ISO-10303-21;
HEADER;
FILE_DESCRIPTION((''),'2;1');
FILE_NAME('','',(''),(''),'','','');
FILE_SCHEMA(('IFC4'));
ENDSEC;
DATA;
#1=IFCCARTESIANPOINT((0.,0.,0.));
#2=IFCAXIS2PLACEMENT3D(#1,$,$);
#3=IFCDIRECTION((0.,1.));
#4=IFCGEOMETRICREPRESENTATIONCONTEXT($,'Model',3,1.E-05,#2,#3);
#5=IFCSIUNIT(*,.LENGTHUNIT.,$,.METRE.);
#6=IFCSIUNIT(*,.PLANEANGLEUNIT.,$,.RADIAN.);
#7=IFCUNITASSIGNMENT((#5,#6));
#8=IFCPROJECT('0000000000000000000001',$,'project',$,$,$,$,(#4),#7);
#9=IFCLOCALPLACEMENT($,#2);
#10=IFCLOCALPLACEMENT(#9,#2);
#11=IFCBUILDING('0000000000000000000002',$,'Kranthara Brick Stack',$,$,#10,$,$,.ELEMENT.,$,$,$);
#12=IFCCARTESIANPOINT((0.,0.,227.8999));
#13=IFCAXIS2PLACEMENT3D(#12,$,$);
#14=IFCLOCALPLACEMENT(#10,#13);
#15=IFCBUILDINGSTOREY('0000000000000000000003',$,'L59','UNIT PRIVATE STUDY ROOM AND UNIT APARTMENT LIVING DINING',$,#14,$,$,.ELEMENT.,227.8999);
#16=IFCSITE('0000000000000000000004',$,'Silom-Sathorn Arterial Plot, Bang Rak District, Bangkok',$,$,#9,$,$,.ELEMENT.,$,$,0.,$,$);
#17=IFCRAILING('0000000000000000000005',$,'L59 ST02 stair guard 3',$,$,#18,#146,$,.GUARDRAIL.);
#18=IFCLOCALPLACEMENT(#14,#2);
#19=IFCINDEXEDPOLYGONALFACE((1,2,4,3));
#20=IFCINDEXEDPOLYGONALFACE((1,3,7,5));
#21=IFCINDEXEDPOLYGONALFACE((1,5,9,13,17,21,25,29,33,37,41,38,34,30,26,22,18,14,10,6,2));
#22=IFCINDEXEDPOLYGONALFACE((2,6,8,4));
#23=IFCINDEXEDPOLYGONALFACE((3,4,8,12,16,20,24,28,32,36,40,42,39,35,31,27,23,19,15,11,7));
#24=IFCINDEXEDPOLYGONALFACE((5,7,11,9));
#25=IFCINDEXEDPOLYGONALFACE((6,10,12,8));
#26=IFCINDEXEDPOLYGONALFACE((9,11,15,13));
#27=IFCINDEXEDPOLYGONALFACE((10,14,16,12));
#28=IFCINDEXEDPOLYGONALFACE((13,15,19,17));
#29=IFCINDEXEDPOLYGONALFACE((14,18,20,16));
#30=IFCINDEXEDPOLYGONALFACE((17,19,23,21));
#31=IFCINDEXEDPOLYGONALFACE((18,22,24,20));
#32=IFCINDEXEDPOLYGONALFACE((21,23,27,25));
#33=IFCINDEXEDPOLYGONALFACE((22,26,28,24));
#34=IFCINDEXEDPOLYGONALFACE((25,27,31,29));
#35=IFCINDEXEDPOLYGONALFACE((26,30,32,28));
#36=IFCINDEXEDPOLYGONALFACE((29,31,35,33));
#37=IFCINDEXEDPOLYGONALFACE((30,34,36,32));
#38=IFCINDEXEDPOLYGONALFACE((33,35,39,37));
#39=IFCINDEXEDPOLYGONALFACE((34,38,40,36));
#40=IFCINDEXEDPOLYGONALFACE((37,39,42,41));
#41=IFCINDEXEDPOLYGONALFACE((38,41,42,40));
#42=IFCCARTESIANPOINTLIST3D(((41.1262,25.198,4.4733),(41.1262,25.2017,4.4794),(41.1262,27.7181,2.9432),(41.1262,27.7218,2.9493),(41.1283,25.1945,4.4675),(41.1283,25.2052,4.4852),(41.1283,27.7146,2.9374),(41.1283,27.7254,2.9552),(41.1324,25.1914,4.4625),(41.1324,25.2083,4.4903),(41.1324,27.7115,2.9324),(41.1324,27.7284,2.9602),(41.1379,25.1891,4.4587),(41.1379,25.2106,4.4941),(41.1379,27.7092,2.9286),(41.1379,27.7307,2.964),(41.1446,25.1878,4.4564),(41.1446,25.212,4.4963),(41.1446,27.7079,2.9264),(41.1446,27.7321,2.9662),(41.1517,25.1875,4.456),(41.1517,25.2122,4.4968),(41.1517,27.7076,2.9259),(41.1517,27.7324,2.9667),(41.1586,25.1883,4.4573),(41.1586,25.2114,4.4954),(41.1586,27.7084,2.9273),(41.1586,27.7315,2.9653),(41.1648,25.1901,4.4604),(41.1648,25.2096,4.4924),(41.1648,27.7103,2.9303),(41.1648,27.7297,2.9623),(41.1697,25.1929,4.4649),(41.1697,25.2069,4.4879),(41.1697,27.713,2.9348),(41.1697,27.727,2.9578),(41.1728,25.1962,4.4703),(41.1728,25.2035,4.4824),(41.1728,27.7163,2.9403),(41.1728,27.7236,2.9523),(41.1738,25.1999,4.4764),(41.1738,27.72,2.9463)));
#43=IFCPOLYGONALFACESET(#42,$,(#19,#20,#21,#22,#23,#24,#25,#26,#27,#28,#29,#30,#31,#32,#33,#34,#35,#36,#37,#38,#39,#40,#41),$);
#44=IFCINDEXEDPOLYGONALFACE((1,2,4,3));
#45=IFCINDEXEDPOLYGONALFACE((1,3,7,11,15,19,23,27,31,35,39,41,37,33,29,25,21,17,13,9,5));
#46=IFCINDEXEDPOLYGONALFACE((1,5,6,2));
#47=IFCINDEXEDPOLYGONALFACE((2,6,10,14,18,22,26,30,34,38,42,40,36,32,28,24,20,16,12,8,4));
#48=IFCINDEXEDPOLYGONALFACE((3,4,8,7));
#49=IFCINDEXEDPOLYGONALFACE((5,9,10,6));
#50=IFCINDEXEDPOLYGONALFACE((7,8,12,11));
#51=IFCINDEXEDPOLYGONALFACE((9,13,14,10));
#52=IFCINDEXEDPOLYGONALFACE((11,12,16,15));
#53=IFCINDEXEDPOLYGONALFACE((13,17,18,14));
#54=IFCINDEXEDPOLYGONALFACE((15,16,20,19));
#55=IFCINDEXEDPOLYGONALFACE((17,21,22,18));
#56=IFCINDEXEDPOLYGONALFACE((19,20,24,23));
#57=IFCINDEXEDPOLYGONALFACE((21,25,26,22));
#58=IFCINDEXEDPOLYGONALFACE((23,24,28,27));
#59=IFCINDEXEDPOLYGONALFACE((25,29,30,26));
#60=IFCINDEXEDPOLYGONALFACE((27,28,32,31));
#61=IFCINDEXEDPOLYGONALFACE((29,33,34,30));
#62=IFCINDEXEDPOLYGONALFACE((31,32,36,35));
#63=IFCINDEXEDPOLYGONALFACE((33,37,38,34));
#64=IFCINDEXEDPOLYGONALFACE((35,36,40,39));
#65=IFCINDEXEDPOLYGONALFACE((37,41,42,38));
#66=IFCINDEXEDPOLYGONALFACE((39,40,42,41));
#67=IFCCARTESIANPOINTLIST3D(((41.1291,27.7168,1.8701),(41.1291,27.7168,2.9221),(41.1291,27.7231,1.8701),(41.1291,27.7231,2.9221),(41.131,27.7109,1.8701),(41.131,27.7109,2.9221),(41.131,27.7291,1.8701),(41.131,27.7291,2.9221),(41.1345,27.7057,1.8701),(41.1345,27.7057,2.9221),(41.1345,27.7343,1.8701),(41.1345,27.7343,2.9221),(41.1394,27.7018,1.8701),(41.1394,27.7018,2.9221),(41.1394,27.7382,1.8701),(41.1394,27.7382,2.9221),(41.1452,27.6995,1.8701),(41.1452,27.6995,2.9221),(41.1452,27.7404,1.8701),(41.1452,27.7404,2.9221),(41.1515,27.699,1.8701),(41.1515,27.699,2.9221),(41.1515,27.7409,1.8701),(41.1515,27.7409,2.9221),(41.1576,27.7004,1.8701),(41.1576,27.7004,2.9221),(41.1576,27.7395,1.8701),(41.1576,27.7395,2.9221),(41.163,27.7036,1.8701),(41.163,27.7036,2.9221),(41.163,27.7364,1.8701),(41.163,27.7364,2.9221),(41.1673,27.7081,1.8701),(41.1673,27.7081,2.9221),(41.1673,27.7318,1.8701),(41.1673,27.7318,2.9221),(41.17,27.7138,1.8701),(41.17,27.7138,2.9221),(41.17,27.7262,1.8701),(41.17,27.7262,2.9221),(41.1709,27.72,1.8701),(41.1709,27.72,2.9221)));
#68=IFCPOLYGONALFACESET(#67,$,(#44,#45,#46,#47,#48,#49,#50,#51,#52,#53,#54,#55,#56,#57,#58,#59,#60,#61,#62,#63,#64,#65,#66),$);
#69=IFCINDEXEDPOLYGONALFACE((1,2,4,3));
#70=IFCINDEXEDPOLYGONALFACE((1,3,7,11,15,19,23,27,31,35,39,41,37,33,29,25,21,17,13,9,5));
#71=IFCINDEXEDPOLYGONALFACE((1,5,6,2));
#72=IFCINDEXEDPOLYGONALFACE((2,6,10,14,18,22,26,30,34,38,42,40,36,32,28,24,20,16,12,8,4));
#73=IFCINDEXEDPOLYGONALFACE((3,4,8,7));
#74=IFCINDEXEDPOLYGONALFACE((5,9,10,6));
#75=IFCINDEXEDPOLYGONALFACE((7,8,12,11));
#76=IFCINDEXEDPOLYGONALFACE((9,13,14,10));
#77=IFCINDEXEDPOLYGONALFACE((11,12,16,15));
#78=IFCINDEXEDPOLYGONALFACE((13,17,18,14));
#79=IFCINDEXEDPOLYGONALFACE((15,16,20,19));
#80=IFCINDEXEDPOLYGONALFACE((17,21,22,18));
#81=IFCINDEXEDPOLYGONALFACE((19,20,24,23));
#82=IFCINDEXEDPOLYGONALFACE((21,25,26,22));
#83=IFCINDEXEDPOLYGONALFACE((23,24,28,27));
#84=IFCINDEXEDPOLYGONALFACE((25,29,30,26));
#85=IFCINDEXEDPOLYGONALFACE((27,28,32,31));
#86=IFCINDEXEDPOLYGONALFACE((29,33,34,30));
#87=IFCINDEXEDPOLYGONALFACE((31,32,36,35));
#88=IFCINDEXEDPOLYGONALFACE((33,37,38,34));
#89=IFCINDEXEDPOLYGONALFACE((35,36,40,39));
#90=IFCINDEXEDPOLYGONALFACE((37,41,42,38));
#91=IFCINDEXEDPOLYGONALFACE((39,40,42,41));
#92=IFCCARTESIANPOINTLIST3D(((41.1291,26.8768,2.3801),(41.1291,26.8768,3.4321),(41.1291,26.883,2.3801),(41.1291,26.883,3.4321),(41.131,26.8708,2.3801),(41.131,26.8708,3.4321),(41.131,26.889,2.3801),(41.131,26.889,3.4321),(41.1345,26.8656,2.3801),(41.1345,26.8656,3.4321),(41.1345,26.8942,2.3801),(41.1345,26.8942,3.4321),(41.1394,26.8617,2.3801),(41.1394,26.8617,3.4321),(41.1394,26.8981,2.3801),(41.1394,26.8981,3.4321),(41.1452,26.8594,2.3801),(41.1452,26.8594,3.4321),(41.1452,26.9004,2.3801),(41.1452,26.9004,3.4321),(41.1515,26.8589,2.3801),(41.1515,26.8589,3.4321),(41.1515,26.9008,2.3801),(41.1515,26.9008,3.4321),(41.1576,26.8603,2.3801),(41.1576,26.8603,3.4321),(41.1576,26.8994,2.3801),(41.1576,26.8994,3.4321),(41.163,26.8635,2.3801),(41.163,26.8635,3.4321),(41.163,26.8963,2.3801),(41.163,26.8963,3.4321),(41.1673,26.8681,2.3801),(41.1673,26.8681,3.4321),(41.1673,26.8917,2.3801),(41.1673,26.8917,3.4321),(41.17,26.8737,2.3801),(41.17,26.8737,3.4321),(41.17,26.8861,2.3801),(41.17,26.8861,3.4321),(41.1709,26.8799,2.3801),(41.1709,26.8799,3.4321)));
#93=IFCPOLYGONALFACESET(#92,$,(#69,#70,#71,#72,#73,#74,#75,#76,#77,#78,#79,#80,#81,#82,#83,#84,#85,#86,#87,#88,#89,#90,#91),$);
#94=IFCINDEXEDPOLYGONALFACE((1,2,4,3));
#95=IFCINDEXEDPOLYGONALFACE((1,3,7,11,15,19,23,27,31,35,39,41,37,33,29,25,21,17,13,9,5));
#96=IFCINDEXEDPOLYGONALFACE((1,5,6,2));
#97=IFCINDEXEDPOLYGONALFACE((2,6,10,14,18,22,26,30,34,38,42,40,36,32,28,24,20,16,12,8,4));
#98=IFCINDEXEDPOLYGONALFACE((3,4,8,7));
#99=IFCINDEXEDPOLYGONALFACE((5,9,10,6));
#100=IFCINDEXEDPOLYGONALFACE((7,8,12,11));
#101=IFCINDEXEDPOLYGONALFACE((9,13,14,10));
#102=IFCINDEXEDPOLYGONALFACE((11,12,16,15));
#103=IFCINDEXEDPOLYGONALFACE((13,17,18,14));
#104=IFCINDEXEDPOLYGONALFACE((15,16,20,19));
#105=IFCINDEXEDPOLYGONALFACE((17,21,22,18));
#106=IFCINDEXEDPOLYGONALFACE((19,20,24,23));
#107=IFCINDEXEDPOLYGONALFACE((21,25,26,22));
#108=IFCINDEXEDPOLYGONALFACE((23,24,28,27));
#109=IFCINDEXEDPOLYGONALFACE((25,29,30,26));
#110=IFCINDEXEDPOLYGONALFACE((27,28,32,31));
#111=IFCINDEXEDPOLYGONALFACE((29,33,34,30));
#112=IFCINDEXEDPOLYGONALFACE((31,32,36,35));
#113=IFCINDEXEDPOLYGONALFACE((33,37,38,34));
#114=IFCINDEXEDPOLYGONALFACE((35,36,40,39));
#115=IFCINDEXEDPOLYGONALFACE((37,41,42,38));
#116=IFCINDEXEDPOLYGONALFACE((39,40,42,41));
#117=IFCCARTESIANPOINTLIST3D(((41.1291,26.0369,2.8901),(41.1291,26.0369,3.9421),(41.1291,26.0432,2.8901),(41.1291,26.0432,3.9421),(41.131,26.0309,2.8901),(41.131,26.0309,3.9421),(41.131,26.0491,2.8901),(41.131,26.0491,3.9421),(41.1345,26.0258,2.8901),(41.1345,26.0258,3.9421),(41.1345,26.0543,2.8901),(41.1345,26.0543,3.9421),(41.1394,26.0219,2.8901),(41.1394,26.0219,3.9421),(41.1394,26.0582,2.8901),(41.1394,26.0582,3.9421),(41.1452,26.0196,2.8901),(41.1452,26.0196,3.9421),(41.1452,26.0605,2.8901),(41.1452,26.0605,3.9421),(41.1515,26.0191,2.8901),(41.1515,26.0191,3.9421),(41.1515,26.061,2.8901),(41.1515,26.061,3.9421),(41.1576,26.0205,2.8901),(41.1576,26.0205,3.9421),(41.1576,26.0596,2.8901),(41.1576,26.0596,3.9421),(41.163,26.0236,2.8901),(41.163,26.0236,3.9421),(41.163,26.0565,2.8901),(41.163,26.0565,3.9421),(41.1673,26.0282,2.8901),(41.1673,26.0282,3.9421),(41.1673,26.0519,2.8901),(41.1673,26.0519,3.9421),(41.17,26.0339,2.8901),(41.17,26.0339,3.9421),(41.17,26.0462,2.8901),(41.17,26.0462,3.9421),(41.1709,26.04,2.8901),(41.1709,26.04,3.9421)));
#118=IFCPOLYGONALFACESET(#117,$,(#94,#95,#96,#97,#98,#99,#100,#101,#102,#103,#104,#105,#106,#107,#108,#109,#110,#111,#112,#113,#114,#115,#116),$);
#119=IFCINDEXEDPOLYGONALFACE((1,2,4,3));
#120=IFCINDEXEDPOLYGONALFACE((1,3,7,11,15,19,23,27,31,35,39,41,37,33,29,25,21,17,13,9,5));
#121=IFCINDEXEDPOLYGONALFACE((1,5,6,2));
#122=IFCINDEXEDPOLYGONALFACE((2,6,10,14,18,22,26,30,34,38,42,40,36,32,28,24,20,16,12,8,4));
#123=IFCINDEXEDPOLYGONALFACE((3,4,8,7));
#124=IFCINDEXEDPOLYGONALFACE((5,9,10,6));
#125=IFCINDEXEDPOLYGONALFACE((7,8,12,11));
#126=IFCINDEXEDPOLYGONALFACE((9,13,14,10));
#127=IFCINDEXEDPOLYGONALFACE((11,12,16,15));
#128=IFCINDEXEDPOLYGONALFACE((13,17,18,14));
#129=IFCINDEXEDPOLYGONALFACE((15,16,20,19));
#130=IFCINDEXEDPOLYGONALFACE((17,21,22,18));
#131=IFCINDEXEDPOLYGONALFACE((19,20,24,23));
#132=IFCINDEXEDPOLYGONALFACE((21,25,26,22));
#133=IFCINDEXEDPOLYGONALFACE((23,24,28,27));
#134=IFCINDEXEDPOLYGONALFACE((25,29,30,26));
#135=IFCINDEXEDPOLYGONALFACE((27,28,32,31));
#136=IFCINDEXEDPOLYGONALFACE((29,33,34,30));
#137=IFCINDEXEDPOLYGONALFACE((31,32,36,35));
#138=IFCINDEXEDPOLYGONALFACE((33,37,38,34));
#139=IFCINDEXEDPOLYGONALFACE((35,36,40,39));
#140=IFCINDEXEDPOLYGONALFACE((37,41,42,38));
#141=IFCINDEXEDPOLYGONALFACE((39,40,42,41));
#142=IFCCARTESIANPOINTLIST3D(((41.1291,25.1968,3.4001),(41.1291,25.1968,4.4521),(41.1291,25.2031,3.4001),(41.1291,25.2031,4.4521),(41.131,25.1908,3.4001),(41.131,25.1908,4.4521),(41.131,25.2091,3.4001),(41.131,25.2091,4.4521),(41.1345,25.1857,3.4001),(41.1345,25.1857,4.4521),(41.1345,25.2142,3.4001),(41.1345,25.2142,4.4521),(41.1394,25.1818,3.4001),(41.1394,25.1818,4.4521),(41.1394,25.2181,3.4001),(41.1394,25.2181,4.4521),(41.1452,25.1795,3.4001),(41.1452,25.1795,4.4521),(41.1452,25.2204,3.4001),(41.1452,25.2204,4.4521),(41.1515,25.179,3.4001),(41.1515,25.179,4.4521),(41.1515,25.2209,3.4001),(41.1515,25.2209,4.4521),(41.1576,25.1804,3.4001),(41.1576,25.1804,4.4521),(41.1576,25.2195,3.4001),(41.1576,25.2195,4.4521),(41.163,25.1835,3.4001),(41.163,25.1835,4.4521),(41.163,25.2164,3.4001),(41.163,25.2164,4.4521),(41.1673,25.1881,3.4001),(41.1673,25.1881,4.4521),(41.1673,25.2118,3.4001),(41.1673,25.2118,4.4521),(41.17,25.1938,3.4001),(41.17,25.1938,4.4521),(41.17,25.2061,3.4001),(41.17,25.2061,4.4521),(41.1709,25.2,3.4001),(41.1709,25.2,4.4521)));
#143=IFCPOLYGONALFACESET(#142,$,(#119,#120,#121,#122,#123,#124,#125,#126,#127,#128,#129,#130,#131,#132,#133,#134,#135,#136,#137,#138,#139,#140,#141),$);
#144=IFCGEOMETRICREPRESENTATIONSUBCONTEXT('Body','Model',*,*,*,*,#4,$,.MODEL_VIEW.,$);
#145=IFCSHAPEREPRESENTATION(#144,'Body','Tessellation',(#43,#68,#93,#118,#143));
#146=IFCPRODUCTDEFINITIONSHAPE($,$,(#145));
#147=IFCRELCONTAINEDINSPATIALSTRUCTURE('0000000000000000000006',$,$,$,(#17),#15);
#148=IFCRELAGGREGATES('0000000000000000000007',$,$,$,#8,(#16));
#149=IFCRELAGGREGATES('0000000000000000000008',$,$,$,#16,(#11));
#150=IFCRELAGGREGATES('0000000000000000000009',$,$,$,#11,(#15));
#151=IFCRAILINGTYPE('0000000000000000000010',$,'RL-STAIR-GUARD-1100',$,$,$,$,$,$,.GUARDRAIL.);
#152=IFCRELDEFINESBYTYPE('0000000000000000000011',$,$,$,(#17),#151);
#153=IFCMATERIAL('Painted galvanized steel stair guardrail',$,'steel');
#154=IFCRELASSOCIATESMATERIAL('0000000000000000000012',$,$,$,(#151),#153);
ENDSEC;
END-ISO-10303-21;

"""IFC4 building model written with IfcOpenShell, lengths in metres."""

from ifc_helpers import new_model, si_unit, direction, frame, origin, origin_2d, place, context, subcontext, project, spatial, circle, extrude, material, type_object, element, save


model = new_model("IFC4")

# Units and contexts
model_context = context("Model", 3, precision=1e-05, world=origin(), true_north=direction((0.0, 1.0)))
body_context = subcontext(model_context, "Body", "Model", "MODEL_VIEW")
ifc_project = project(units=[si_unit("LENGTHUNIT", "METRE"), si_unit("PLANEANGLEUNIT", "RADIAN")], contexts=[model_context])

# Site, building, storey
site_placement = place(None, origin())
site = spatial("IfcSite", under=ifc_project, at=site_placement, Name="Silom-Sathorn Arterial Plot, Bang Rak District, Bangkok", CompositionType="ELEMENT", RefElevation=0.0)
building_placement = place(site_placement, origin())
building = spatial("IfcBuilding", under=site, at=building_placement, Name="Kranthara Brick Stack", CompositionType="ELEMENT")
storey_placement = place(building_placement, frame((0.0, 0.0, 227.8999)))
storey = spatial("IfcBuildingStorey", under=building, at=storey_placement, Name="L59", Description="UNIT PRIVATE STUDY ROOM AND UNIT APARTMENT LIVING DINING", CompositionType="ELEMENT", Elevation=227.8999)

# Railing
ifc_material_1 = material(Name="Painted galvanized steel stair guardrail", Category="steel")
railing_type_1 = type_object("IfcRailingType", Name="RL-STAIR-GUARD-1100", PredefinedType="GUARDRAIL", material=ifc_material_1)
railing_1_placement = place(storey_placement, frame((41.1499, 27.72, 1.8701)))
element("IfcRailing", 1, at=railing_1_placement, inside=storey, type_object=railing_type_1, Name="L59 ST02 stair guard 3", PredefinedType="GUARDRAIL", context=body_context, shape_type="SweptSolid", body=[
    extrude(circle(Radius=0.0239, at=origin_2d()), frame((0.0, 0.0, 1.0762), z_axis=(0.0, -0.854785, 0.518982), x_axis=(1.0, 0.0, 0.0)), (0.0, 0.0, 1.0), 2.9482),
    extrude(circle(Radius=0.021, at=origin_2d()), origin(), (0.0, 0.0, 1.0), 1.052),
    extrude(circle(Radius=0.021, at=origin_2d()), frame((0.0, -0.8401, 0.51)), (0.0, 0.0, 1.0), 1.052),
    extrude(circle(Radius=0.021, at=origin_2d()), frame((0.0, -1.6799, 1.02)), (0.0, 0.0, 1.0), 1.052),
    extrude(circle(Radius=0.021, at=origin_2d()), frame((0.0, -2.52, 1.53)), (0.0, 0.0, 1.0), 1.052),
])

save(model, "model.ifc")
